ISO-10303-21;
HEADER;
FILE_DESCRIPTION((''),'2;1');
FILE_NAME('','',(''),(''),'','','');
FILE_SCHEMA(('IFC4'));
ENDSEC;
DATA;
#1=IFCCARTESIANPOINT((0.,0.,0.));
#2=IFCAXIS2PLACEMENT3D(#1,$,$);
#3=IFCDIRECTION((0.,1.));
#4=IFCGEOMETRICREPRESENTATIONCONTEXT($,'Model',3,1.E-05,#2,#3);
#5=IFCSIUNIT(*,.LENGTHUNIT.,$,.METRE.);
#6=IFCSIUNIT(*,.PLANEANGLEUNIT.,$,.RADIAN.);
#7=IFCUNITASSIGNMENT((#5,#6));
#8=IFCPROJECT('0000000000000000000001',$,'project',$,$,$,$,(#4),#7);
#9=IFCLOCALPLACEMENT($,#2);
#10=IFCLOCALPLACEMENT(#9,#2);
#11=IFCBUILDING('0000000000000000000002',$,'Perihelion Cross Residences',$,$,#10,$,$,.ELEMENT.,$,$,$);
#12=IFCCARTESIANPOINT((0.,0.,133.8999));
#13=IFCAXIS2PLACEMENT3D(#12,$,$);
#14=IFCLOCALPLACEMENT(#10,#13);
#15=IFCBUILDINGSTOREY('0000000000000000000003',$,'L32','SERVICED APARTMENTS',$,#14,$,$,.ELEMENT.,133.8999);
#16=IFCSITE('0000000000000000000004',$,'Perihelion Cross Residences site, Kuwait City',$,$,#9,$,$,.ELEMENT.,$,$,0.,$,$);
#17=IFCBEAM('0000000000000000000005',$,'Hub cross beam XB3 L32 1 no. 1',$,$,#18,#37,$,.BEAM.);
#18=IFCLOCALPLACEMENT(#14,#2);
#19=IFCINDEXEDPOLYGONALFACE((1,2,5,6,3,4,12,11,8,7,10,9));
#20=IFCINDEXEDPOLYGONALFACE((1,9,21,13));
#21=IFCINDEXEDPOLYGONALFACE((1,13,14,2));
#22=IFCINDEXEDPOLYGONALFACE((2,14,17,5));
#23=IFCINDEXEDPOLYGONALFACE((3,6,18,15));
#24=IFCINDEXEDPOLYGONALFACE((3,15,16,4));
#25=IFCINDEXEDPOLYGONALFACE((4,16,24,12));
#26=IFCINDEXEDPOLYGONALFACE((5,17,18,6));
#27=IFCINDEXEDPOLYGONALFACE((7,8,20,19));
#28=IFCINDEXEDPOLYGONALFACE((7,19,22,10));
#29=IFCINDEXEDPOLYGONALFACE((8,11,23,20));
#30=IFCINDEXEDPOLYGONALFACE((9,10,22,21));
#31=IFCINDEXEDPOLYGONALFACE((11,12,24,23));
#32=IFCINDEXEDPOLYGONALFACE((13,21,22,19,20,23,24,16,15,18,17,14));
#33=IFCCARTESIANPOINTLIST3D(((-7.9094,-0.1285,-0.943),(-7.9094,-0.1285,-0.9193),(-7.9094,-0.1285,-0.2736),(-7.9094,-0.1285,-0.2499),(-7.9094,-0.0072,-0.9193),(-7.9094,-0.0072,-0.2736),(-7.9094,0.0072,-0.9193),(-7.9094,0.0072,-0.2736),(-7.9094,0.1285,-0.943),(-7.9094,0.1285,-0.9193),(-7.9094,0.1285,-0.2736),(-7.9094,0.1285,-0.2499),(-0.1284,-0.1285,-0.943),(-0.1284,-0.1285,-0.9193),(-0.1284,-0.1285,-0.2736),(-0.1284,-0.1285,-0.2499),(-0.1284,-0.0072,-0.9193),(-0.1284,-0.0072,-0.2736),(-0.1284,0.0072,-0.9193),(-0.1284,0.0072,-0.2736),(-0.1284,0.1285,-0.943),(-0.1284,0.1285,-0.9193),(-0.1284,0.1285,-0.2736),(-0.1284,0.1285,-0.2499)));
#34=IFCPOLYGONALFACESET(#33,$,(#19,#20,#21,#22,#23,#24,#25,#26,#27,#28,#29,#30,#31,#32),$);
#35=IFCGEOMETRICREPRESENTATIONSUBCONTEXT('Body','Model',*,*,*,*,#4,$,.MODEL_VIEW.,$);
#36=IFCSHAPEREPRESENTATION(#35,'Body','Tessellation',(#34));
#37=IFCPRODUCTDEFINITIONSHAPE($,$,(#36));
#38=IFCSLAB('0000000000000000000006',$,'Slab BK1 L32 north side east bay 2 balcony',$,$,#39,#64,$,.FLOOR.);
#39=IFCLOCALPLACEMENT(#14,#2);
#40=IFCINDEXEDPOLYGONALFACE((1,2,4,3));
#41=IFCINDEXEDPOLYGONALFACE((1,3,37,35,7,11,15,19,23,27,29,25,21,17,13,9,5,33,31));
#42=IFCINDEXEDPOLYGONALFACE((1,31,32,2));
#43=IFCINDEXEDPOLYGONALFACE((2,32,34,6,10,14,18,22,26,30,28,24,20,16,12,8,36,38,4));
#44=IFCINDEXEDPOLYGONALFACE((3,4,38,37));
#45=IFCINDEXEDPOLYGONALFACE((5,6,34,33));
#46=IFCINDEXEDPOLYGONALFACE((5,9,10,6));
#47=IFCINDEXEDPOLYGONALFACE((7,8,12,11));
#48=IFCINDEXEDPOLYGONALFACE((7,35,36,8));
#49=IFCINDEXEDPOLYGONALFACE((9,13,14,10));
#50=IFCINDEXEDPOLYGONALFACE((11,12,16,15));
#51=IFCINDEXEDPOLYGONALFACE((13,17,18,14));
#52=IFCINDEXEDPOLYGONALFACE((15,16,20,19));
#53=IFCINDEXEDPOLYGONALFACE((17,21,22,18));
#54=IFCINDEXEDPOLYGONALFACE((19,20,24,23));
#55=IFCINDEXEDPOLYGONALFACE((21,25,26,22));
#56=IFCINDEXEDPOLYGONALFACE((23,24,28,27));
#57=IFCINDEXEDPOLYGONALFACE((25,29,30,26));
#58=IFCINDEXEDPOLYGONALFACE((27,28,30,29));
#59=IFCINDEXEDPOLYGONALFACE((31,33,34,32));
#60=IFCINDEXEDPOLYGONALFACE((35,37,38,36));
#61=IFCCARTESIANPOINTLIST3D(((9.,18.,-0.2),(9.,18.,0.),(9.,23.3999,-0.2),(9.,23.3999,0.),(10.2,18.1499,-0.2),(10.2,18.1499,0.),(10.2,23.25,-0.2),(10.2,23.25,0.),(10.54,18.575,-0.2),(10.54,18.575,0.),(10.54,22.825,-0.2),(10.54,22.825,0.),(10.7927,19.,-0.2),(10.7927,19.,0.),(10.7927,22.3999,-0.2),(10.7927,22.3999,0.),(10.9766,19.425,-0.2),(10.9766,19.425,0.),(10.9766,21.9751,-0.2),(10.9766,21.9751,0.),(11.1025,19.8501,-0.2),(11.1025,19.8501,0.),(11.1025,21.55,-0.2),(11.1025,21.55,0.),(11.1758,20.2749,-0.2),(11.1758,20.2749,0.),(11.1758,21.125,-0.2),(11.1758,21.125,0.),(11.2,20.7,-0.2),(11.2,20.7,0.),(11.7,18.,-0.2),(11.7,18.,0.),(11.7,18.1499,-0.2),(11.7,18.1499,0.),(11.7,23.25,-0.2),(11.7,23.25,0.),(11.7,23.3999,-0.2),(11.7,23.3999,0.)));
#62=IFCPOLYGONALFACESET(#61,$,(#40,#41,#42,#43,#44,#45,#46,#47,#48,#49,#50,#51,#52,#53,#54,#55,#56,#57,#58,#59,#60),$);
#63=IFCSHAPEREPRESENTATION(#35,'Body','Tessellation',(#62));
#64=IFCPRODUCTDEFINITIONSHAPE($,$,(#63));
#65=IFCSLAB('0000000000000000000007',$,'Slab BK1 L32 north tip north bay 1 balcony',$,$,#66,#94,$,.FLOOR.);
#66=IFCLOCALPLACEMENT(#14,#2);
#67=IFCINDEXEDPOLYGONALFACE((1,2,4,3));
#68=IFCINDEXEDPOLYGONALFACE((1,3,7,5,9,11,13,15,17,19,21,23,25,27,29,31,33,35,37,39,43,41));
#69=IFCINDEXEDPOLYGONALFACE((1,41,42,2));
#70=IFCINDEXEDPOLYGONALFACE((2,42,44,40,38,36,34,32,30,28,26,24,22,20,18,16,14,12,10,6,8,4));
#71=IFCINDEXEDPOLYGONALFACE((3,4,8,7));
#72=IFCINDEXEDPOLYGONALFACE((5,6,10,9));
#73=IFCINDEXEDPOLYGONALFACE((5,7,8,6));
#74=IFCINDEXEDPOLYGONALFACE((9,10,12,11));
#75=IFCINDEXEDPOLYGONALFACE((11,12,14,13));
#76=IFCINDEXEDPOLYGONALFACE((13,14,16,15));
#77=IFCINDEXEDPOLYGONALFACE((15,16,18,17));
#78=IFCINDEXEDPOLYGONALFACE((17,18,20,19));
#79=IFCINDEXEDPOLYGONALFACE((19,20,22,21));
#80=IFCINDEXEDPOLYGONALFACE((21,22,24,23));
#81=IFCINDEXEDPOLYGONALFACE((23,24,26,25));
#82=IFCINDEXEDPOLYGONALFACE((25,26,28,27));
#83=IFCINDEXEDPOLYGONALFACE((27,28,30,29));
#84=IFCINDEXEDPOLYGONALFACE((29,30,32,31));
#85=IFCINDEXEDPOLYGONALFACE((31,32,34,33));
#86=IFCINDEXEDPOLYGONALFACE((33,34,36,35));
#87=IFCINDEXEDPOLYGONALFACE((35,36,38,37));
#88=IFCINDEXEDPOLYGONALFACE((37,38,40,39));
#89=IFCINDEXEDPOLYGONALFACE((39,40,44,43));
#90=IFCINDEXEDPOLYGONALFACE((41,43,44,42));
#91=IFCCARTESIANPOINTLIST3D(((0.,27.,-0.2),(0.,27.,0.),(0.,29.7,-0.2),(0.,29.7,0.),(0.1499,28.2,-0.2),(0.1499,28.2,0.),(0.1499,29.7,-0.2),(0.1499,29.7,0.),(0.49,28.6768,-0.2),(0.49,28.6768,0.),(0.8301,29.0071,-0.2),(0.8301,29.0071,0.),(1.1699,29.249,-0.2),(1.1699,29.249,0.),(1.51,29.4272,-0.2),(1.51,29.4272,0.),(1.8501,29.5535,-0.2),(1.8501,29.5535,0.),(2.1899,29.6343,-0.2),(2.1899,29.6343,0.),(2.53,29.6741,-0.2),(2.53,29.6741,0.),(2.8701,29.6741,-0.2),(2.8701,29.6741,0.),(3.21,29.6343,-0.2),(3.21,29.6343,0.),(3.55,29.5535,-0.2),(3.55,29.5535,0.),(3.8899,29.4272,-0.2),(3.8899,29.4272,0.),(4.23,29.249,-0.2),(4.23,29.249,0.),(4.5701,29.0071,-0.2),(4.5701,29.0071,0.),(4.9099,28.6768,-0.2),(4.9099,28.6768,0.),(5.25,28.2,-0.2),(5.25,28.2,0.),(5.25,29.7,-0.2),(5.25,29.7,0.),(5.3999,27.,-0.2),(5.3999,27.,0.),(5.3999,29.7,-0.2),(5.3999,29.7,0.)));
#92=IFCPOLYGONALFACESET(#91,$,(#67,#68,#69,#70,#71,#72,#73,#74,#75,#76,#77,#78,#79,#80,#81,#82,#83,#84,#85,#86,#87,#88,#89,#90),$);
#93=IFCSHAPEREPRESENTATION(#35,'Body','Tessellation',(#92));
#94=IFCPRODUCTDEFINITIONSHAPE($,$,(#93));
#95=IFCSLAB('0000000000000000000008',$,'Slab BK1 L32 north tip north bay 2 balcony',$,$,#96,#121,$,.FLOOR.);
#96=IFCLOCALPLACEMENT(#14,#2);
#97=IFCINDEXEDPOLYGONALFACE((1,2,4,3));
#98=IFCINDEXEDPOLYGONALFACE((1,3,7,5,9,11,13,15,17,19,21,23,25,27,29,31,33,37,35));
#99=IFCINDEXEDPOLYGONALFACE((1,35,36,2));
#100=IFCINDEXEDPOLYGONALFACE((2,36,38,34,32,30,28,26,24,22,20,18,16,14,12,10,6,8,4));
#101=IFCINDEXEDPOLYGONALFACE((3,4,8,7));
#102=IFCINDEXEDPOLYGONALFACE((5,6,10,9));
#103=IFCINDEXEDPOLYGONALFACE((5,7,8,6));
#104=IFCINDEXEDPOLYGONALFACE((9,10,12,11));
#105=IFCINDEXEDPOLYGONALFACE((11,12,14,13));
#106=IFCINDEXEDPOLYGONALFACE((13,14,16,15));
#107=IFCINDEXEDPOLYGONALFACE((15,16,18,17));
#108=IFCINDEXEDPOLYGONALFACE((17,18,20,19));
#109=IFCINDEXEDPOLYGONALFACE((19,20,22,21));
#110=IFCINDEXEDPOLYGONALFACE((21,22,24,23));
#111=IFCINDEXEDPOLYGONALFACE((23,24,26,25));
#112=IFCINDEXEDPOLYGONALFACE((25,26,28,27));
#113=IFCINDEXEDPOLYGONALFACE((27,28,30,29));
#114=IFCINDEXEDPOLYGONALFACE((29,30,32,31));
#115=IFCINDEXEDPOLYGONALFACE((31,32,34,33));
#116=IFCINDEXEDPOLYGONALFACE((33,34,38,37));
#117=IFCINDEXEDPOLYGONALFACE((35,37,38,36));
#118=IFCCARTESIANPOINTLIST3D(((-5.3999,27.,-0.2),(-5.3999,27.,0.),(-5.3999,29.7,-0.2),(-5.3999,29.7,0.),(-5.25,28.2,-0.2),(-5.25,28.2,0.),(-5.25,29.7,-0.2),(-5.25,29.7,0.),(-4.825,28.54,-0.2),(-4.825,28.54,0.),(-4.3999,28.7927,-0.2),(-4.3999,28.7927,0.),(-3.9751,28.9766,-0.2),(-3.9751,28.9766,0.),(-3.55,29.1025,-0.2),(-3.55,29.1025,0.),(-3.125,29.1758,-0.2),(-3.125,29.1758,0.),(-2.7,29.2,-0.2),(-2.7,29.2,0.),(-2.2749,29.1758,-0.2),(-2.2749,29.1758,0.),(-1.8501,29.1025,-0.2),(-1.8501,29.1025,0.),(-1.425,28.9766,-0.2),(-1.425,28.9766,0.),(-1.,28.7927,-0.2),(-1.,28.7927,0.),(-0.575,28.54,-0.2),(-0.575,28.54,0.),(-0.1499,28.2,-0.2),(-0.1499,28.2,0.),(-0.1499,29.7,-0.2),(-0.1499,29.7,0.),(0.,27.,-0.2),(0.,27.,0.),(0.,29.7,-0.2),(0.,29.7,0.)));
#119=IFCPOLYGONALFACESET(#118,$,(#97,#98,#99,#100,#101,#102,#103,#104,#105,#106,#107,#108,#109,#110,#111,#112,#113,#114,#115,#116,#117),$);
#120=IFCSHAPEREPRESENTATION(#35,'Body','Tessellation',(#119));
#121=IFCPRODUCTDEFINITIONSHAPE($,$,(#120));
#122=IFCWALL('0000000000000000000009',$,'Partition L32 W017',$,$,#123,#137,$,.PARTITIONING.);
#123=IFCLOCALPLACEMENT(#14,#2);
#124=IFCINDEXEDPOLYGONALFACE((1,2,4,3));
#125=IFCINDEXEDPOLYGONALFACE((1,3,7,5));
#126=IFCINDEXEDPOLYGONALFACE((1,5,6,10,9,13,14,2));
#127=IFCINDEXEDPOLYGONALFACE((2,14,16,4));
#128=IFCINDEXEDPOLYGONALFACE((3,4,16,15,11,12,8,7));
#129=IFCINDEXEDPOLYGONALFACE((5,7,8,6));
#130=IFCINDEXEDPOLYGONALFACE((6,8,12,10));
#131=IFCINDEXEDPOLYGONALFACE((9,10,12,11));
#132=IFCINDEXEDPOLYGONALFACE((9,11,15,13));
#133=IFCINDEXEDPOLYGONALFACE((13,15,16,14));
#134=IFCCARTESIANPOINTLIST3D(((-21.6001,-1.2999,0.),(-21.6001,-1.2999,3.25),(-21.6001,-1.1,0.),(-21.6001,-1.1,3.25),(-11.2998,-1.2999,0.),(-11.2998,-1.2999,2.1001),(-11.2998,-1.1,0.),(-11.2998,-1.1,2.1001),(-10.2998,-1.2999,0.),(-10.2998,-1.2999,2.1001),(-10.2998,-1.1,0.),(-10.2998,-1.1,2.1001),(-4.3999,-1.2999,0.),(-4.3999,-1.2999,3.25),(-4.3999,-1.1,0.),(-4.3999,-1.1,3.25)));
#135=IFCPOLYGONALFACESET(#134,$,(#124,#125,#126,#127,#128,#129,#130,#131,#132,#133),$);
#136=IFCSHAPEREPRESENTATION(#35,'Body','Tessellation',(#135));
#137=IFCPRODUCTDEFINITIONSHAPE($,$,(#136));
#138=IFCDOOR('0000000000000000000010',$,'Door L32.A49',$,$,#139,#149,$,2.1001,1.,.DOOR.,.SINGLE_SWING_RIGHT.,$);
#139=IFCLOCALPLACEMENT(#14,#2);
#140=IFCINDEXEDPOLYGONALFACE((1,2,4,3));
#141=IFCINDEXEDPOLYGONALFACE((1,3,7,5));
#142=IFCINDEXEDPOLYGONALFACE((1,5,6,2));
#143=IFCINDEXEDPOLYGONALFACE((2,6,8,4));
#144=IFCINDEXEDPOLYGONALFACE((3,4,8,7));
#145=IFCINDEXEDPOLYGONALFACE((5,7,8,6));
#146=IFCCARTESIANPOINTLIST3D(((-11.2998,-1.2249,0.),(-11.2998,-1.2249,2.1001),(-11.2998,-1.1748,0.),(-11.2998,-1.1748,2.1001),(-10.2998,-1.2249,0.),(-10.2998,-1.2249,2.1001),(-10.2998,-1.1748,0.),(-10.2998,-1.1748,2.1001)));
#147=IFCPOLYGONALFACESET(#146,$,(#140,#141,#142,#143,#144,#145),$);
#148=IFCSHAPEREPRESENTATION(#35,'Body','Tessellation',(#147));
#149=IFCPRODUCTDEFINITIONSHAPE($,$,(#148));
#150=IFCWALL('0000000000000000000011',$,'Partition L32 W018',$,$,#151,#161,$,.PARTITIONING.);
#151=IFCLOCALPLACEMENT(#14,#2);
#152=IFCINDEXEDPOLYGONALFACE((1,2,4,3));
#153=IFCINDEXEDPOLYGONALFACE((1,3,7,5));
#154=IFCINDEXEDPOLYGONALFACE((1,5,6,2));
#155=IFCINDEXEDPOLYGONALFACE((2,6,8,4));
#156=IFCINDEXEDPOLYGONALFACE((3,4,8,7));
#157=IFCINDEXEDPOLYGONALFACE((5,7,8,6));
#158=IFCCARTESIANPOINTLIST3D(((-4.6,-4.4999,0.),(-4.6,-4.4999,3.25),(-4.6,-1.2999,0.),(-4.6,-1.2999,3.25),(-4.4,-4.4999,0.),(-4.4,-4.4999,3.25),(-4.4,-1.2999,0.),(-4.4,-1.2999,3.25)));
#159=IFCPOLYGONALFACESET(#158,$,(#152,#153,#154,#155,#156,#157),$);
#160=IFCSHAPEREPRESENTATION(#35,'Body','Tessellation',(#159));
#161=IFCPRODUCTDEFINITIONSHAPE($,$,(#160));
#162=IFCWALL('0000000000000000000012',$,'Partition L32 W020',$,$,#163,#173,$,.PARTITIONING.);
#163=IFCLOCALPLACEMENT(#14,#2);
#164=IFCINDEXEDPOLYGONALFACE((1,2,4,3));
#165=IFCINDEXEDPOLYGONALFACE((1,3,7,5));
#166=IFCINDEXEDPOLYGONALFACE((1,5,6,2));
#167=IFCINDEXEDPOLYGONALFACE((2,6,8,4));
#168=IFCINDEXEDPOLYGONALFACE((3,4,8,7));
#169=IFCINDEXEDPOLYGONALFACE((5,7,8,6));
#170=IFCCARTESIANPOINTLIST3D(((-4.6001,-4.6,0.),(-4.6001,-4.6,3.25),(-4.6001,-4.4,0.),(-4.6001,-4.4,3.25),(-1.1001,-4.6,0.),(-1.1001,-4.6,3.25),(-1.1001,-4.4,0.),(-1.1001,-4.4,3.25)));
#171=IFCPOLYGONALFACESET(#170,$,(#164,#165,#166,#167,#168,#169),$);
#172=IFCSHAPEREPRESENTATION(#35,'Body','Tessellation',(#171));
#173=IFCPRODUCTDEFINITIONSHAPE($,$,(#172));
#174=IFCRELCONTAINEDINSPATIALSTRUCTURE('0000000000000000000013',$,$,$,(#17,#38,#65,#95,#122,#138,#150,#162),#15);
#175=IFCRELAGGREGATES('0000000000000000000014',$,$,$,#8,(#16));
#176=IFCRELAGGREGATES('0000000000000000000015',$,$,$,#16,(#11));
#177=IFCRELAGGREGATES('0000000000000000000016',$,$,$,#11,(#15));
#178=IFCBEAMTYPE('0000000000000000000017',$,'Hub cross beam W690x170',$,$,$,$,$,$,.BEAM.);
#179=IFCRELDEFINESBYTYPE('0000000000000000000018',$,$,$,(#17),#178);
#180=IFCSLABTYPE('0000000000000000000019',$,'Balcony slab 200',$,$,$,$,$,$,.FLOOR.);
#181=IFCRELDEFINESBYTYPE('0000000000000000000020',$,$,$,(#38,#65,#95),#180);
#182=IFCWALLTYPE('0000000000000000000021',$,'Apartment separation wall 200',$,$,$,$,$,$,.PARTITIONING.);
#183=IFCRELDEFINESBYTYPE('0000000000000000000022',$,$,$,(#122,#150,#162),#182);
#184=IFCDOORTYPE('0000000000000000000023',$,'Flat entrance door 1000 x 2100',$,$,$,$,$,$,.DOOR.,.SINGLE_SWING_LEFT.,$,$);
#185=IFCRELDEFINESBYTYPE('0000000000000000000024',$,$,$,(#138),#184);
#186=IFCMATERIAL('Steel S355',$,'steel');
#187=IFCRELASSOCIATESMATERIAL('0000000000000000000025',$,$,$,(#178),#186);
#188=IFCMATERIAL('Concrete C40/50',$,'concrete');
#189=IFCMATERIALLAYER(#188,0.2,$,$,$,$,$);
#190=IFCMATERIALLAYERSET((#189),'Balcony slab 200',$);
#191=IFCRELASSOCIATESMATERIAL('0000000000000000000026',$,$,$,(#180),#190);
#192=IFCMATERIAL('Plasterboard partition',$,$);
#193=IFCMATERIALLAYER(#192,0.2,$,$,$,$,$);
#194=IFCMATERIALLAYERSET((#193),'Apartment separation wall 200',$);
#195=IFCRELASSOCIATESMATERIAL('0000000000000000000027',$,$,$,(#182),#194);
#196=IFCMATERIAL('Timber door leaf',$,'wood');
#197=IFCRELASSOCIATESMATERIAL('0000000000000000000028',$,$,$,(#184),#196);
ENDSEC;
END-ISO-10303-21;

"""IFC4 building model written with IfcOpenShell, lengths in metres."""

from ifc_helpers import new_model, si_unit, direction, frame, frame_2d, origin, origin_2d, place, context, subcontext, project, spatial, polyline, rectangle, i_section, outline, extrude, material, layer, layer_set, material_profile, profile_set, type_object, element, fill, save


model = new_model("IFC4")

# Units and contexts
model_context = context("Model", 3, precision=1e-05, world=origin(), true_north=direction((0.0, 1.0)))
body_context = subcontext(model_context, "Body", "Model", "MODEL_VIEW")
ifc_project = project(units=[si_unit("LENGTHUNIT", "METRE"), si_unit("PLANEANGLEUNIT", "RADIAN")], contexts=[model_context])

# Site, building, storey
site_placement = place(None, origin())
site = spatial("IfcSite", under=ifc_project, at=site_placement, Name="Perihelion Cross Residences site, Kuwait City", CompositionType="ELEMENT", RefElevation=0.0)
building_placement = place(site_placement, origin())
building = spatial("IfcBuilding", under=site, at=building_placement, Name="Perihelion Cross Residences", CompositionType="ELEMENT")
storey_placement = place(building_placement, frame((0.0, 0.0, 133.8999)))
storey = spatial("IfcBuildingStorey", under=building, at=storey_placement, Name="L32", Description="SERVICED APARTMENTS", CompositionType="ELEMENT", Elevation=133.8999)

# Beam
ifc_material_1 = material(Name="Steel S355", Category="steel")
ifc_material_profile = material_profile(ifc_material_1, i_section(OverallWidth=0.2571, OverallDepth=0.6931, WebThickness=0.0144, FlangeThickness=0.0237, at=origin_2d()), Name="W690x170")
ifc_profile_set = profile_set([ifc_material_profile], Name="Steel S355")
beam_type = type_object("IfcBeamType", Name="Hub cross beam W690x170", PredefinedType="BEAM", material=ifc_profile_set)
beam_placement = place(storey_placement, frame((-7.9094, 0.0, -0.5964), z_axis=(1.0, 0.0, 0.0), x_axis=(0.0, 1.0, 0.0)))
element("IfcBeam", 1, at=beam_placement, inside=storey, type_object=beam_type, Name="Hub cross beam XB3 L32 1 no. 1", PredefinedType="BEAM", context=body_context, shape_type="SweptSolid", body=[
    extrude(i_section(OverallWidth=0.2571, OverallDepth=0.6931, WebThickness=0.0144, FlangeThickness=0.0237, at=origin_2d()), origin(), (0.0, 0.0, 1.0), 7.781),
])

# Slabs
ifc_material_2 = material(Name="Concrete C40/50", Category="concrete")
ifc_layer_1 = layer(ifc_material_2, 0.2)
ifc_layer_set_1 = layer_set([ifc_layer_1], Name="Balcony slab 200")
slab_type_1 = type_object("IfcSlabType", Name="Balcony slab 200", PredefinedType="FLOOR", material=ifc_layer_set_1)
slab_1_placement = place(storey_placement, frame((0.0, 0.0, -0.2)))
element("IfcSlab", 2, at=slab_1_placement, inside=storey, type_object=slab_type_1, Name="Slab BK1 L32 north side east bay 2 balcony", PredefinedType="FLOOR", context=body_context, shape_type="SweptSolid", body=[
    extrude(outline(polyline([(9.0, 18.0), (9.0, 23.3999), (11.7, 23.3999), (11.7, 23.25), (10.2, 23.25), (10.54, 22.825), (10.7927, 22.3999), (10.9766, 21.9751), (11.1025, 21.55), (11.1758, 21.125), (11.2, 20.7), (11.1758, 20.2749), (11.1025, 19.8501), (10.9766, 19.425), (10.7927, 19.0), (10.54, 18.575), (10.2, 18.1499), (11.7, 18.1499), (11.7, 18.0), (9.0, 18.0)])), origin(), (0.0, 0.0, 1.0), 0.2),
])
slab_2_placement = place(storey_placement, frame((0.0, 0.0, -0.2)))
element("IfcSlab", 3, at=slab_2_placement, inside=storey, type_object=slab_type_1, Name="Slab BK1 L32 north tip north bay 1 balcony", PredefinedType="FLOOR", context=body_context, shape_type="SweptSolid", body=[
    extrude(outline(polyline([(5.3999, 27.0), (0.0, 27.0), (0.0, 29.7), (0.1499, 29.7), (0.1499, 28.2), (0.49, 28.6768), (0.8301, 29.0071), (1.1699, 29.249), (1.51, 29.4272), (1.8501, 29.5535), (2.1899, 29.6343), (2.53, 29.6741), (2.8701, 29.6741), (3.21, 29.6343), (3.55, 29.5535), (3.8899, 29.4272), (4.23, 29.249), (4.5701, 29.0071), (4.9099, 28.6768), (5.25, 28.2), (5.25, 29.7), (5.3999, 29.7), (5.3999, 27.0)])), origin(), (0.0, 0.0, 1.0), 0.2),
])
slab_3_placement = place(storey_placement, frame((0.0, 0.0, -0.2)))
element("IfcSlab", 4, at=slab_3_placement, inside=storey, type_object=slab_type_1, Name="Slab BK1 L32 north tip north bay 2 balcony", PredefinedType="FLOOR", context=body_context, shape_type="SweptSolid", body=[
    extrude(outline(polyline([(0.0, 27.0), (-5.3999, 27.0), (-5.3999, 29.7), (-5.25, 29.7), (-5.25, 28.2), (-4.825, 28.54), (-4.3999, 28.7927), (-3.9751, 28.9766), (-3.55, 29.1025), (-3.125, 29.1758), (-2.7, 29.2), (-2.2749, 29.1758), (-1.8501, 29.1025), (-1.425, 28.9766), (-1.0, 28.7927), (-0.575, 28.54), (-0.1499, 28.2), (-0.1499, 29.7), (0.0, 29.7), (0.0, 27.0)])), origin(), (0.0, 0.0, 1.0), 0.2),
])

# Wall, opening, door
ifc_material_3 = material(Name="Plasterboard partition")
ifc_layer_2 = layer(ifc_material_3, 0.2)
ifc_layer_set_2 = layer_set([ifc_layer_2], Name="Apartment separation wall 200")
wall_type_1 = type_object("IfcWallType", Name="Apartment separation wall 200", PredefinedType="PARTITIONING", material=ifc_layer_set_2)
wall_1_placement = place(storey_placement, frame((-4.3999, -1.2, 0.0), z_axis=(0.0, 0.0, 1.0), x_axis=(-1.0, 0.0, 0.0)))
wall_1 = element("IfcWall", 5, at=wall_1_placement, inside=storey, type_object=wall_type_1, Name="Partition L32 W017", PredefinedType="PARTITIONING", context=body_context, shape_type="SweptSolid", body=[
    extrude(rectangle(XDim=17.2002, YDim=0.2, at=frame_2d((8.6001, 0.0))), origin(), (0.0, 0.0, 1.0), 3.25),
])
opening_1_placement = place(wall_1_placement, frame((5.8999, 0.0, 0.0)))
opening_1 = element("IfcOpeningElement", 6, at=opening_1_placement, cuts=wall_1, PredefinedType="OPENING", context=body_context, shape_type="SweptSolid", body=[
    extrude(rectangle(XDim=1.0, YDim=2.1001, at=frame_2d((0.5, 1.05))), frame((0.0, 0.1099, 0.0), z_axis=(0.0, -1.0, 0.0), x_axis=(1.0, 0.0, 0.0)), (0.0, 0.0, 1.0), 0.22),
])
ifc_material_4 = material(Name="Timber door leaf", Category="wood")
door_type_1 = type_object("IfcDoorType", Name="Flat entrance door 1000 x 2100", OperationType="SINGLE_SWING_LEFT", PredefinedType="DOOR", material=ifc_material_4)
door_1_placement = place(opening_1_placement, origin())
door_1 = element("IfcDoor", 7, at=door_1_placement, inside=storey, type_object=door_type_1, Name="Door L32.A49", OperationType="SINGLE_SWING_RIGHT", OverallHeight=2.1001, OverallWidth=1.0, PredefinedType="DOOR", context=body_context, shape_type="SweptSolid", body=[
    extrude(rectangle(XDim=1.0, YDim=2.1001, at=frame_2d((0.5, 1.05))), frame((0.0, 0.0249, 0.0), z_axis=(0.0, -1.0, 0.0), x_axis=(1.0, 0.0, 0.0)), (0.0, 0.0, 1.0), 0.05),
])
fill(opening_1, door_1)

# Walls
wall_2_placement = place(storey_placement, frame((-4.5, -4.5, 0.0), z_axis=(0.0, 0.0, 1.0), x_axis=(0.0, 1.0, 0.0)))
element("IfcWall", 8, at=wall_2_placement, inside=storey, type_object=wall_type_1, Name="Partition L32 W018", PredefinedType="PARTITIONING", context=body_context, shape_type="SweptSolid", body=[
    extrude(rectangle(XDim=3.2, YDim=0.2, at=frame_2d((1.6001, 0.0))), origin(), (0.0, 0.0, 1.0), 3.25),
])
wall_3_placement = place(storey_placement, frame((-1.1001, -4.5, 0.0), z_axis=(0.0, 0.0, 1.0), x_axis=(-1.0, 0.0, 0.0)))
element("IfcWall", 9, at=wall_3_placement, inside=storey, type_object=wall_type_1, Name="Partition L32 W020", PredefinedType="PARTITIONING", context=body_context, shape_type="SweptSolid", body=[
    extrude(rectangle(XDim=3.5, YDim=0.2, at=frame_2d((1.75, 0.0))), origin(), (0.0, 0.0, 1.0), 3.25),
])

save(model, "model.ifc")
